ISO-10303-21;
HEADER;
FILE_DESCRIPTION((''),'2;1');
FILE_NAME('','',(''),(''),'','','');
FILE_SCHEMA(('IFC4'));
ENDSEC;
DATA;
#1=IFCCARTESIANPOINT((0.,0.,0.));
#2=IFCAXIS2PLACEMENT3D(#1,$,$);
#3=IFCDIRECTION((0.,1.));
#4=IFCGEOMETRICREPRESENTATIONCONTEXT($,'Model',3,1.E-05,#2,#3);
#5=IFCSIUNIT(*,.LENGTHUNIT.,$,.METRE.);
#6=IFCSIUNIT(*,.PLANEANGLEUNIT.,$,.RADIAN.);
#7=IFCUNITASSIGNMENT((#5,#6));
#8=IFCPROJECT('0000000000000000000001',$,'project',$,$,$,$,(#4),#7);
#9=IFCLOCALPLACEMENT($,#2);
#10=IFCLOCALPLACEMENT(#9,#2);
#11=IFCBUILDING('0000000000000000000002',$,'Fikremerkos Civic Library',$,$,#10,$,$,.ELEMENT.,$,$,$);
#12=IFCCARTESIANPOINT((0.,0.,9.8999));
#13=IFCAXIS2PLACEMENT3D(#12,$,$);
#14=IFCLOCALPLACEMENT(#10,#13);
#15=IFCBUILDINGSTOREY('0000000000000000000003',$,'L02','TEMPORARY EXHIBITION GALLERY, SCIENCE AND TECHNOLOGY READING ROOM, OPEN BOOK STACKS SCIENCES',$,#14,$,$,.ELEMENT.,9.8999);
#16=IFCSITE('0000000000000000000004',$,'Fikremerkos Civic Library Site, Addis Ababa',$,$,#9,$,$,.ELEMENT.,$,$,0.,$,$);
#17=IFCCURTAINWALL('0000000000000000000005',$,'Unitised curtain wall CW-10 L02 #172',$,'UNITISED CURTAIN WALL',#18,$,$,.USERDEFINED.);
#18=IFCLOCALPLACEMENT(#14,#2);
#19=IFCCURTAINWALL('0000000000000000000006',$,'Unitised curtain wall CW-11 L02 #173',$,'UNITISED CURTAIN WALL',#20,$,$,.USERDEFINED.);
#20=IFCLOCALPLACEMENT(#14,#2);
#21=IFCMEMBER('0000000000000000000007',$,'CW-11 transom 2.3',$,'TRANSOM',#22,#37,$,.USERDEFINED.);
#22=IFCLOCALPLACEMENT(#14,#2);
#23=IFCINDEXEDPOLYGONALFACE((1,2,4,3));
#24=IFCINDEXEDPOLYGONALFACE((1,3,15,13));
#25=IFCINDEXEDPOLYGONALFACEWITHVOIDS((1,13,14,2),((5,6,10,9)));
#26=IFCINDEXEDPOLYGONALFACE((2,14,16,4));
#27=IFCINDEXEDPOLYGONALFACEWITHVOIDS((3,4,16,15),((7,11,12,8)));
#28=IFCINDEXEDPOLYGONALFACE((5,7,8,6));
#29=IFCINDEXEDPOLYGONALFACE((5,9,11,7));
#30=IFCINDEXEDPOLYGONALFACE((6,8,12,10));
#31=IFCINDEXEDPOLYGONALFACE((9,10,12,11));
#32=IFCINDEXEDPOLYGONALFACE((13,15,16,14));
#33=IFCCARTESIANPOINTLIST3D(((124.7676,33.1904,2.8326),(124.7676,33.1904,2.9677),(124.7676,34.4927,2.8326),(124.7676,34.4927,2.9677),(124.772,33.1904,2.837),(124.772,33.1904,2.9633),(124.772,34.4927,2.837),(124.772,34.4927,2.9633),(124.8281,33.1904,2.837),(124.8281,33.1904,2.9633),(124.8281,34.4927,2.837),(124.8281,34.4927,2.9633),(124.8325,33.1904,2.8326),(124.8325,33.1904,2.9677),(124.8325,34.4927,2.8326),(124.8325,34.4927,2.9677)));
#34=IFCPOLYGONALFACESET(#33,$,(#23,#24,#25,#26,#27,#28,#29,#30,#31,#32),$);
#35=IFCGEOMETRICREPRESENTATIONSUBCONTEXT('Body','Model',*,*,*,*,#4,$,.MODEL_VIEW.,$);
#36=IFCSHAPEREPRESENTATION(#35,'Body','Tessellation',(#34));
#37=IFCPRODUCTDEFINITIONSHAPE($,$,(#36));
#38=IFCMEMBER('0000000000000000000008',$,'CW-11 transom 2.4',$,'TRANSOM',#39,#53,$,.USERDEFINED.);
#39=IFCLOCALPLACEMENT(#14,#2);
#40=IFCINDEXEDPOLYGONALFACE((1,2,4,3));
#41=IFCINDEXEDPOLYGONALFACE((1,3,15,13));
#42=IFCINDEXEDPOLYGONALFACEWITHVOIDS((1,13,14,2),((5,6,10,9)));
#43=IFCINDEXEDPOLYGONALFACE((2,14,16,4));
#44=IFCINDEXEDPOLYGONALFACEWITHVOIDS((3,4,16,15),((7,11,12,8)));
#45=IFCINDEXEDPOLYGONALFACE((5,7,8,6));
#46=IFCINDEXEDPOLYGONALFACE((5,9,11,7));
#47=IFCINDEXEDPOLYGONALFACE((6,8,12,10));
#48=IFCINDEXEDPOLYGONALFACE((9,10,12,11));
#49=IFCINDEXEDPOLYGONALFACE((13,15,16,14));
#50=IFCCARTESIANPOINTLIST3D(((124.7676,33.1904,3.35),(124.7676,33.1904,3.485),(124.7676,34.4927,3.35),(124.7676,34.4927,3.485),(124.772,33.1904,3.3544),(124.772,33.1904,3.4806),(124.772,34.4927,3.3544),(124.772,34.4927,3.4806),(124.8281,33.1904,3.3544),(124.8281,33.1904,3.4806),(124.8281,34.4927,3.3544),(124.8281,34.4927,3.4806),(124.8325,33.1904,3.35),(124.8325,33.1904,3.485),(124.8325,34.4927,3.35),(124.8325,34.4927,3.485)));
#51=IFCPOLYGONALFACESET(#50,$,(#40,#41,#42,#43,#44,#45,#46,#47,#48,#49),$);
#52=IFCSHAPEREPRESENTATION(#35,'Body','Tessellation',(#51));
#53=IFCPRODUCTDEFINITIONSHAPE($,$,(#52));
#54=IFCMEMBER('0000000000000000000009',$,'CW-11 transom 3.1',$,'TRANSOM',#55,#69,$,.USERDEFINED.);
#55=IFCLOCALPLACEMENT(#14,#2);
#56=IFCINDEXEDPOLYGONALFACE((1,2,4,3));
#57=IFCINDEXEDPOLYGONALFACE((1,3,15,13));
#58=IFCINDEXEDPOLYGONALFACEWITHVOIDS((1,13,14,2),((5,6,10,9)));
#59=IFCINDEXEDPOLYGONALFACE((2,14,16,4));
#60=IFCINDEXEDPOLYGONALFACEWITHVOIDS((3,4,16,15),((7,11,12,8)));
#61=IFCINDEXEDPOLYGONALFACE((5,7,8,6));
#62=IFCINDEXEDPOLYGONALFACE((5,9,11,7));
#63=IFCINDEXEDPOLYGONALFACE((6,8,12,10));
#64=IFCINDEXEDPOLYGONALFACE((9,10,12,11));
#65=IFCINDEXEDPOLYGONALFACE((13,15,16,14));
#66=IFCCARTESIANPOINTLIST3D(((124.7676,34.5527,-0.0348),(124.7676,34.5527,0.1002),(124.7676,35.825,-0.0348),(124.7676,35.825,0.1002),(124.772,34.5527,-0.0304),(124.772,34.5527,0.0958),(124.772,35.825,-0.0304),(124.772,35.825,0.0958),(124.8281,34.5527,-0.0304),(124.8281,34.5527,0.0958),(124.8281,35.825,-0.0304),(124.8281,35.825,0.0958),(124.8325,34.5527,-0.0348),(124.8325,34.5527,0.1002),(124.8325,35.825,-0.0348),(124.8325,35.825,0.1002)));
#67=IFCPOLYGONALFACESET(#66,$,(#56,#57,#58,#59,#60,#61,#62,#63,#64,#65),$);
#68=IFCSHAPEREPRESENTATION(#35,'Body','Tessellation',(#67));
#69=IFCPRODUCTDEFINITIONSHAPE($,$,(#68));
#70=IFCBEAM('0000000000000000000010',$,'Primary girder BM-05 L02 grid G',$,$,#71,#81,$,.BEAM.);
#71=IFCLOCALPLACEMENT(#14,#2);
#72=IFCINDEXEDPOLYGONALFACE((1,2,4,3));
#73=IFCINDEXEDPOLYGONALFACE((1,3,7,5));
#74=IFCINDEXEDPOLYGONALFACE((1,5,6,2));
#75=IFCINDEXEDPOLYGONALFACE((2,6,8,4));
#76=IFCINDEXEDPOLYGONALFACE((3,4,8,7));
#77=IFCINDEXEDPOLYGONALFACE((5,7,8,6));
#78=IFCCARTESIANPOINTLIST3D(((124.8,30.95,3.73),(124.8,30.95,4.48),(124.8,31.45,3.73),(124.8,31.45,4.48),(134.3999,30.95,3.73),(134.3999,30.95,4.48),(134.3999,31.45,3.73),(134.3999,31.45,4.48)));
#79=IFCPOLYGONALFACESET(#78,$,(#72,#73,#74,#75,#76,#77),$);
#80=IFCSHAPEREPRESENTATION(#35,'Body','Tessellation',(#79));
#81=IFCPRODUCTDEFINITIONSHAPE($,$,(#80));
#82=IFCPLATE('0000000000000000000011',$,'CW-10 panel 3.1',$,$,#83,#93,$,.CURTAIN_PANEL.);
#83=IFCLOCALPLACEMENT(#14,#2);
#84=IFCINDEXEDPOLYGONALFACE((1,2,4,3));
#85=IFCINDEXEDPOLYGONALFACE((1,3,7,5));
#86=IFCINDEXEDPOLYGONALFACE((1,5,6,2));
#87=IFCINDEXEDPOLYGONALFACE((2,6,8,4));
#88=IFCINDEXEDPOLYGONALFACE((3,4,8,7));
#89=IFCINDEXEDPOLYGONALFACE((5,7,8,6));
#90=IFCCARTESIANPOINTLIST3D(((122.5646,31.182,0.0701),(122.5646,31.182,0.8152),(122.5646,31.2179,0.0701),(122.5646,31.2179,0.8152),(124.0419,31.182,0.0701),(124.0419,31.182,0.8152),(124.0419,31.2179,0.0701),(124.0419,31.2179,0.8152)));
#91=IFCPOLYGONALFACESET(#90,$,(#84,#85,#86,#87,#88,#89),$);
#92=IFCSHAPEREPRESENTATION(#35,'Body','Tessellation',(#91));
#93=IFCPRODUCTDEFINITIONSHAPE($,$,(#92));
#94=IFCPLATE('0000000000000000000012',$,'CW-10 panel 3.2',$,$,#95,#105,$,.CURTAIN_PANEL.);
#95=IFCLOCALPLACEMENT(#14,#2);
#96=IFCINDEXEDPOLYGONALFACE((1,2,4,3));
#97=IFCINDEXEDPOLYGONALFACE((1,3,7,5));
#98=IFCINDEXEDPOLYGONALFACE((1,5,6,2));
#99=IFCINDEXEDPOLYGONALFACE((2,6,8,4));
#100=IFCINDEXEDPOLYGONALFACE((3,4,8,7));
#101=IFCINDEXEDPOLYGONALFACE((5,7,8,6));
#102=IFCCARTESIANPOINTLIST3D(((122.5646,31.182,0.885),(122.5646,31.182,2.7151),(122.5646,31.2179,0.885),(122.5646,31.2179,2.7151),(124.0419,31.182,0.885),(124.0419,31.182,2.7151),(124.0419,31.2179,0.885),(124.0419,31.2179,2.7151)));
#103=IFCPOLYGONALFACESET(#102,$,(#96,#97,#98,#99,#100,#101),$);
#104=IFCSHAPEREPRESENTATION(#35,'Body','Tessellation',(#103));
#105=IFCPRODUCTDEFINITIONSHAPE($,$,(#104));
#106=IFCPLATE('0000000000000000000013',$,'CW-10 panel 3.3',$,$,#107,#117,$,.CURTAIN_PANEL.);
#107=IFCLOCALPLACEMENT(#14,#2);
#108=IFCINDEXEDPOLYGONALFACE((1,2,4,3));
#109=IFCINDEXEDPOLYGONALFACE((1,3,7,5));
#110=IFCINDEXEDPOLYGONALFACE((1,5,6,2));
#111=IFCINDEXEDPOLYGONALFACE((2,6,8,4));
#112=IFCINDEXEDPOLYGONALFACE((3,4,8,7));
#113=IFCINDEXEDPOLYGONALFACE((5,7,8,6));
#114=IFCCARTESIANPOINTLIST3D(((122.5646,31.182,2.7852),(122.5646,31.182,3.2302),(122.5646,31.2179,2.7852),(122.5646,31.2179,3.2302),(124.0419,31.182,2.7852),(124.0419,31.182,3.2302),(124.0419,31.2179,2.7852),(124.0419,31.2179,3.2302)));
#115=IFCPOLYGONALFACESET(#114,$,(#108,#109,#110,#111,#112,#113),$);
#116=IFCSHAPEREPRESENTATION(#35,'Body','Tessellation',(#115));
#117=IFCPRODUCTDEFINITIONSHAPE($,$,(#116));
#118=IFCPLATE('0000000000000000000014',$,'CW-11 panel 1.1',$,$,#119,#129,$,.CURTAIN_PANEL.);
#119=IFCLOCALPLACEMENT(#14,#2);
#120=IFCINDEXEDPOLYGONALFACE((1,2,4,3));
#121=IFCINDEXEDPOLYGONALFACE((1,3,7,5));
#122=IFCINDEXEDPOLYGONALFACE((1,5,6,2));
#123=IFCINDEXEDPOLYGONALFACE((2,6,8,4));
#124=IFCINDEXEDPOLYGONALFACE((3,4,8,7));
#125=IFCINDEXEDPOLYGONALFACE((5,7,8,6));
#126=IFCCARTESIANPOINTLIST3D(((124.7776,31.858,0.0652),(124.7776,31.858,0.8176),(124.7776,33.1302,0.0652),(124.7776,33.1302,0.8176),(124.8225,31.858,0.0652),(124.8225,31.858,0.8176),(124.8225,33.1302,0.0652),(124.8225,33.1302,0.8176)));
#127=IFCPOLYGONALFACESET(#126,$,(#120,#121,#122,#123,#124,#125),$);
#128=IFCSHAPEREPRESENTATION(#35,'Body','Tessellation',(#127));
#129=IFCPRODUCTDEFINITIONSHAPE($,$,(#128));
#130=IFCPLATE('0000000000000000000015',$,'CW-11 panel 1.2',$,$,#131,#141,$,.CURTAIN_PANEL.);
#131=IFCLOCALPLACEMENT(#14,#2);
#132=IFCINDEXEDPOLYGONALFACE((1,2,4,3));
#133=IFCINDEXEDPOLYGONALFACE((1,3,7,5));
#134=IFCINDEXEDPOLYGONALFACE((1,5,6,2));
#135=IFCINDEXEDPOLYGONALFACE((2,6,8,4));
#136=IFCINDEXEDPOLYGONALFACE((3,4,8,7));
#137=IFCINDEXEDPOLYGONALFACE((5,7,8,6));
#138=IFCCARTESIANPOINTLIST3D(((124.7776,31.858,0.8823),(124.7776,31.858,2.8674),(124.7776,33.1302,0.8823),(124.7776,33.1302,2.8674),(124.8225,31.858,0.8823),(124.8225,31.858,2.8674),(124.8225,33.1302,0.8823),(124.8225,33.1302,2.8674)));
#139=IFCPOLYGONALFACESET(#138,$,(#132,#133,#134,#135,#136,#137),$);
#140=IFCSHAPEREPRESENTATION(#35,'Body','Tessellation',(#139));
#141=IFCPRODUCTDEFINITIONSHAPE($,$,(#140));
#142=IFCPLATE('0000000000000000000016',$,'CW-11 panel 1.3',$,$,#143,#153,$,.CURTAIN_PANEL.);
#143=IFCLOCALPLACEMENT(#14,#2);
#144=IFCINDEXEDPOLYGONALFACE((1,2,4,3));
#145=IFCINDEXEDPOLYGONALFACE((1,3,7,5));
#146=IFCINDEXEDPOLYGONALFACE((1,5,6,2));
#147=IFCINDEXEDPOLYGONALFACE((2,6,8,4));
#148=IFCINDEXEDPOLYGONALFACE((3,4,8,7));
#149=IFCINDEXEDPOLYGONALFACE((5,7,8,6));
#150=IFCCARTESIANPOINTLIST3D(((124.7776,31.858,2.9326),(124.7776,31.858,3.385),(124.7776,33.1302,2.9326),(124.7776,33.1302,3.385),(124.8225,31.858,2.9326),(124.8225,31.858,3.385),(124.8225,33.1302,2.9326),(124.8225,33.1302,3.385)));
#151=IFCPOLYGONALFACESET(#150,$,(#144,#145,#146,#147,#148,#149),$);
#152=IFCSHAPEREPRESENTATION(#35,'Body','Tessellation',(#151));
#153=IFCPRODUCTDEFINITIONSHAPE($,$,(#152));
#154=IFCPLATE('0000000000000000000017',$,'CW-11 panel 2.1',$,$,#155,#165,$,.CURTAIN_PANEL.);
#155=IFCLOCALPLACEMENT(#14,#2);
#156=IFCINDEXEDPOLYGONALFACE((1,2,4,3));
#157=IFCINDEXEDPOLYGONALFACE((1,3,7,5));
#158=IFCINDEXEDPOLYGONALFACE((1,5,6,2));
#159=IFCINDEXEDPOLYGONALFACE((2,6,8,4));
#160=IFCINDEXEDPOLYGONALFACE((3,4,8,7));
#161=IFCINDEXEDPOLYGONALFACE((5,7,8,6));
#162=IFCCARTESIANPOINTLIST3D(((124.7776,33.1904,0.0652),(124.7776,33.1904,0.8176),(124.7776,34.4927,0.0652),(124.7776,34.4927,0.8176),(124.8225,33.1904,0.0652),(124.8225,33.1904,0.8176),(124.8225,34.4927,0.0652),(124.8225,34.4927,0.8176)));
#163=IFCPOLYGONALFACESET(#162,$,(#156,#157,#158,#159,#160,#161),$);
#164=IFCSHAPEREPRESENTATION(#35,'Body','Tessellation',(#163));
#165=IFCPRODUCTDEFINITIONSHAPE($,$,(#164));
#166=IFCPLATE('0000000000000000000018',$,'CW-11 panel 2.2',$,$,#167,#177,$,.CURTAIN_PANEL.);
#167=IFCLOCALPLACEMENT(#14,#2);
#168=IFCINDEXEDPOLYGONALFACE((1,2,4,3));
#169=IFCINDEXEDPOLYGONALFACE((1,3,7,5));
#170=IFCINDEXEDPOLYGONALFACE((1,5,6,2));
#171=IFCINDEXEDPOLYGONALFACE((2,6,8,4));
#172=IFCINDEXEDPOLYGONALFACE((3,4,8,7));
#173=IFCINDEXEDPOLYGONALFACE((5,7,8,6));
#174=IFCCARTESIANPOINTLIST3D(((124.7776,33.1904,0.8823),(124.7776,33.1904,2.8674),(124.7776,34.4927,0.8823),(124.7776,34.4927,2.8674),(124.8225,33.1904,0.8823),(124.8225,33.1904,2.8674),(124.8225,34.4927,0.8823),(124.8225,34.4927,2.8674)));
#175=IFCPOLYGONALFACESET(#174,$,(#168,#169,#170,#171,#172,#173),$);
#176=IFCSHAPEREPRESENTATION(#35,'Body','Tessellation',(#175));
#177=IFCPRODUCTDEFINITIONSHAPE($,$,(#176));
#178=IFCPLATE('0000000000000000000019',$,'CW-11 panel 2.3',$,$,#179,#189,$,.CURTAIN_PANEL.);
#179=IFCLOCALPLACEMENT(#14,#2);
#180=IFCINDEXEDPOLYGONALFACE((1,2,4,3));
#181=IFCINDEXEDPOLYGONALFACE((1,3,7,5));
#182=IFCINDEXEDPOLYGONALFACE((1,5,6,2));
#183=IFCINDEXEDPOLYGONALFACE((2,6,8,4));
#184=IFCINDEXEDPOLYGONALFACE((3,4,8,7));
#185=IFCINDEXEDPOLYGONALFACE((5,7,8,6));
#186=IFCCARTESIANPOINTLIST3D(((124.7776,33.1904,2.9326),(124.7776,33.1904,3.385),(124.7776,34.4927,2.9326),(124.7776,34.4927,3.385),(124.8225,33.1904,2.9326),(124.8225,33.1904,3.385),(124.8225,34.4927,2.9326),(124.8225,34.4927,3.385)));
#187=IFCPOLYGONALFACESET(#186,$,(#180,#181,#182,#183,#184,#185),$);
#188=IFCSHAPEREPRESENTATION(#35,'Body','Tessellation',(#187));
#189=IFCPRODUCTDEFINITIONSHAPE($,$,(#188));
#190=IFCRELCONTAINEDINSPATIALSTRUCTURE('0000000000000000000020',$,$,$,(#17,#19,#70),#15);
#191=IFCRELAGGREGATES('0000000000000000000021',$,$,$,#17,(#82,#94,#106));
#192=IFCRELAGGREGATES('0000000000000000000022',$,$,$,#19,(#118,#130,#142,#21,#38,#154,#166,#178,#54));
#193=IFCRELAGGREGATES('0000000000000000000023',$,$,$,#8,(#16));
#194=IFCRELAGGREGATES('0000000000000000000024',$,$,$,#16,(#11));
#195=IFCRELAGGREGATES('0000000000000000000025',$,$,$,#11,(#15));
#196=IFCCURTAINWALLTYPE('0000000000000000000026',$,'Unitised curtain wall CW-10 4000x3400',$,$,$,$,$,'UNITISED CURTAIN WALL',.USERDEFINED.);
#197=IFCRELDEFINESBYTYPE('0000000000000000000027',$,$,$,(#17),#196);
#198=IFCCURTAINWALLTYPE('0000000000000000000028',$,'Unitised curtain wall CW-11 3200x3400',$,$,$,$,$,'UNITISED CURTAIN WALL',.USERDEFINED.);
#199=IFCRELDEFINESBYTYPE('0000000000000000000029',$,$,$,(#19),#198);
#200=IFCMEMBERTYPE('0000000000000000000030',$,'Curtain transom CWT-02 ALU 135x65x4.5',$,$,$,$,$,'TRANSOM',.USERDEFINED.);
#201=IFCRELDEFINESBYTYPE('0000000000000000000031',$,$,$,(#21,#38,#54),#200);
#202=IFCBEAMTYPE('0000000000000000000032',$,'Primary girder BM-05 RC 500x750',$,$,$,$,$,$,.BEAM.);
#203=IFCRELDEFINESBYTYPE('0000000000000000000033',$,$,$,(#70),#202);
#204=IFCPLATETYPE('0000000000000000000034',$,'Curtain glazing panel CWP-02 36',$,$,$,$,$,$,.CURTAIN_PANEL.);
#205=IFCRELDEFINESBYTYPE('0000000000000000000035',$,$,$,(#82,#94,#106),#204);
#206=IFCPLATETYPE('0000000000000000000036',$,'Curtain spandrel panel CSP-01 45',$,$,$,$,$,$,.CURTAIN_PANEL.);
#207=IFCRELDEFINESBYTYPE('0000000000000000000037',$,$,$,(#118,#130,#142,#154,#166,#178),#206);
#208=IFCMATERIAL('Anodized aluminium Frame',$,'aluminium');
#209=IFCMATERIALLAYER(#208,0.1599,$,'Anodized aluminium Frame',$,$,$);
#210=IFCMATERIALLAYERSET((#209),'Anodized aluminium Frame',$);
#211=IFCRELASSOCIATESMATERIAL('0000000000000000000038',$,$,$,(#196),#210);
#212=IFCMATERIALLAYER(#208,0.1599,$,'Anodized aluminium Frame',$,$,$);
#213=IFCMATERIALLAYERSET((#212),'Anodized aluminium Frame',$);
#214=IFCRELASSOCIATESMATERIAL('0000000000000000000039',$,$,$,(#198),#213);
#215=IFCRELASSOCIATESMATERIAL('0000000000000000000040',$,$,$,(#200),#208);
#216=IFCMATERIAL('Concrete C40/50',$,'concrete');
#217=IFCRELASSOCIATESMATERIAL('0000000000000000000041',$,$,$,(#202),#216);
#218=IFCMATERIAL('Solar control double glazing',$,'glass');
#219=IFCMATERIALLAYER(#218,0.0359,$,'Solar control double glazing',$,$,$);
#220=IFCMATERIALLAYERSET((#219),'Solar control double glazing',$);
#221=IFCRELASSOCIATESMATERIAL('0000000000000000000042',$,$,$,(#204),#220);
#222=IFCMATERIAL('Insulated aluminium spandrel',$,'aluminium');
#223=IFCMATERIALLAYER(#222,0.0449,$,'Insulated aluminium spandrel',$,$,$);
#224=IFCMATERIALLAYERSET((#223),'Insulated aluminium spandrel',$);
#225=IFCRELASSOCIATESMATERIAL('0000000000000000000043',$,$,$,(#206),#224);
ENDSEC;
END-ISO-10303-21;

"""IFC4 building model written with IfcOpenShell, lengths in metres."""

from ifc_helpers import new_model, si_unit, direction, frame, origin, origin_2d, place, context, subcontext, project, spatial, rectangle, hollow_rectangle, extrude, material, layer, layer_set, material_profile, profile_set, type_object, element, aggregate, save


model = new_model("IFC4")

# Units and contexts
model_context = context("Model", 3, precision=1e-05, world=origin(), true_north=direction((0.0, 1.0)))
body_context = subcontext(model_context, "Body", "Model", "MODEL_VIEW")
ifc_project = project(units=[si_unit("LENGTHUNIT", "METRE"), si_unit("PLANEANGLEUNIT", "RADIAN")], contexts=[model_context])

# Site, building, storey
site_placement = place(None, origin())
site = spatial("IfcSite", under=ifc_project, at=site_placement, Name="Fikremerkos Civic Library Site, Addis Ababa", CompositionType="ELEMENT", RefElevation=0.0)
building_placement = place(site_placement, origin())
building = spatial("IfcBuilding", under=site, at=building_placement, Name="Fikremerkos Civic Library", CompositionType="ELEMENT")
storey_placement = place(building_placement, frame((0.0, 0.0, 9.8999)))
storey = spatial("IfcBuildingStorey", under=building, at=storey_placement, Name="L02", Description="TEMPORARY EXHIBITION GALLERY, SCIENCE AND TECHNOLOGY READING ROOM, OPEN BOOK STACKS SCIENCES", CompositionType="ELEMENT", Elevation=9.8999)

# Shared definitions
ifc_material_1 = material(Name="Concrete C40/50", Category="concrete")

# Curtain wall
ifc_material_2 = material(Name="Anodized aluminium Frame", Category="aluminium")
ifc_layer_1 = layer(ifc_material_2, 0.1599, Name="Anodized aluminium Frame")
ifc_layer_set_1 = layer_set([ifc_layer_1], Name="Anodized aluminium Frame")
curtain_wall_type_1 = type_object("IfcCurtainWallType", Name="Unitised curtain wall CW-10 4000x3400", ElementType="UNITISED CURTAIN WALL", PredefinedType="USERDEFINED", material=ifc_layer_set_1)
curtain_wall_1_placement = place(storey_placement, origin())
curtain_wall_1 = element("IfcCurtainWall", 1, at=curtain_wall_1_placement, inside=storey, type_object=curtain_wall_type_1, Name="Unitised curtain wall CW-10 L02 #172", ObjectType="UNITISED CURTAIN WALL", PredefinedType="USERDEFINED")

# Curtain wall, members
ifc_layer_2 = layer(ifc_material_2, 0.1599, Name="Anodized aluminium Frame")
ifc_layer_set_2 = layer_set([ifc_layer_2], Name="Anodized aluminium Frame")
curtain_wall_type_2 = type_object("IfcCurtainWallType", Name="Unitised curtain wall CW-11 3200x3400", ElementType="UNITISED CURTAIN WALL", PredefinedType="USERDEFINED", material=ifc_layer_set_2)
curtain_wall_2_placement = place(storey_placement, origin())
curtain_wall_2 = element("IfcCurtainWall", 2, at=curtain_wall_2_placement, inside=storey, type_object=curtain_wall_type_2, Name="Unitised curtain wall CW-11 L02 #173", ObjectType="UNITISED CURTAIN WALL", PredefinedType="USERDEFINED")
ifc_material_profile_1 = material_profile(ifc_material_2, hollow_rectangle(XDim=0.0649, YDim=0.135, WallThickness=0.0044, at=origin_2d()), Name="ALU 135x65x4.5")
ifc_profile_set_1 = profile_set([ifc_material_profile_1], Name="Anodized aluminium Frame")
member_type_1 = type_object("IfcMemberType", Name="Curtain transom CWT-02 ALU 135x65x4.5", ElementType="TRANSOM", PredefinedType="USERDEFINED", material=ifc_profile_set_1)
member_1_placement = place(storey_placement, frame((124.8, 33.1904, 2.9001), z_axis=(0.0, 1.0, 0.0), x_axis=(-1.0, 0.0, 0.0)))
member_1 = element("IfcMember", 3, at=member_1_placement, type_object=member_type_1, Name="CW-11 transom 2.3", ObjectType="TRANSOM", PredefinedType="USERDEFINED", context=body_context, shape_type="SweptSolid", body=[
    extrude(hollow_rectangle(XDim=0.0649, YDim=0.135, WallThickness=0.0044, at=origin_2d()), origin(), (0.0, 0.0, 1.0), 1.3022),
])
member_2_placement = place(storey_placement, frame((124.8, 33.1904, 3.4175), z_axis=(0.0, 1.0, 0.0), x_axis=(-1.0, 0.0, 0.0)))
member_2 = element("IfcMember", 4, at=member_2_placement, type_object=member_type_1, Name="CW-11 transom 2.4", ObjectType="TRANSOM", PredefinedType="USERDEFINED", context=body_context, shape_type="SweptSolid", body=[
    extrude(hollow_rectangle(XDim=0.0649, YDim=0.135, WallThickness=0.0044, at=origin_2d()), origin(), (0.0, 0.0, 1.0), 1.3022),
])
member_3_placement = place(storey_placement, frame((124.8, 34.5527, 0.0327), z_axis=(0.0, 1.0, 0.0), x_axis=(-1.0, 0.0, 0.0)))
member_3 = element("IfcMember", 5, at=member_3_placement, type_object=member_type_1, Name="CW-11 transom 3.1", ObjectType="TRANSOM", PredefinedType="USERDEFINED", context=body_context, shape_type="SweptSolid", body=[
    extrude(hollow_rectangle(XDim=0.0649, YDim=0.135, WallThickness=0.0044, at=origin_2d()), origin(), (0.0, 0.0, 1.0), 1.2722),
])

# Beam
ifc_material_profile_2 = material_profile(ifc_material_1, rectangle(XDim=0.5, YDim=0.75, at=origin_2d()), Name="RC 500x750")
ifc_profile_set_2 = profile_set([ifc_material_profile_2], Name="Concrete C40/50")
beam_type = type_object("IfcBeamType", Name="Primary girder BM-05 RC 500x750", PredefinedType="BEAM", material=ifc_profile_set_2)
beam_placement = place(storey_placement, frame((124.8, 31.2, 4.105), z_axis=(1.0, 0.0, 0.0), x_axis=(0.0, 1.0, 0.0)))
element("IfcBeam", 6, at=beam_placement, inside=storey, type_object=beam_type, Name="Primary girder BM-05 L02 grid G", PredefinedType="BEAM", context=body_context, shape_type="SweptSolid", body=[
    extrude(rectangle(XDim=0.5, YDim=0.75, at=origin_2d()), origin(), (0.0, 0.0, 1.0), 9.5999),
])

# Plates
ifc_material_3 = material(Name="Solar control double glazing", Category="glass")
ifc_layer_3 = layer(ifc_material_3, 0.0359, Name="Solar control double glazing")
ifc_layer_set_3 = layer_set([ifc_layer_3], Name="Solar control double glazing")
plate_type_1 = type_object("IfcPlateType", Name="Curtain glazing panel CWP-02 36", PredefinedType="CURTAIN_PANEL", material=ifc_layer_set_3)
plate_1_placement = place(storey_placement, frame((123.3032, 31.2, 0.0701), z_axis=(0.0, 0.0, 1.0), x_axis=(1.0, 0.0, 0.0)))
plate_1 = element("IfcPlate", 7, at=plate_1_placement, type_object=plate_type_1, Name="CW-10 panel 3.1", PredefinedType="CURTAIN_PANEL", context=body_context, shape_type="SweptSolid", body=[
    extrude(rectangle(XDim=1.4773, YDim=0.0359, at=origin_2d()), origin(), (0.0, 0.0, 1.0), 0.7451),
])
plate_2_placement = place(storey_placement, frame((123.3032, 31.2, 0.885), z_axis=(0.0, 0.0, 1.0), x_axis=(1.0, 0.0, 0.0)))
plate_2 = element("IfcPlate", 8, at=plate_2_placement, type_object=plate_type_1, Name="CW-10 panel 3.2", PredefinedType="CURTAIN_PANEL", context=body_context, shape_type="SweptSolid", body=[
    extrude(rectangle(XDim=1.4773, YDim=0.0359, at=origin_2d()), origin(), (0.0, 0.0, 1.0), 1.8301),
])
plate_3_placement = place(storey_placement, frame((123.3032, 31.2, 2.7852), z_axis=(0.0, 0.0, 1.0), x_axis=(1.0, 0.0, 0.0)))
plate_3 = element("IfcPlate", 9, at=plate_3_placement, type_object=plate_type_1, Name="CW-10 panel 3.3", PredefinedType="CURTAIN_PANEL", context=body_context, shape_type="SweptSolid", body=[
    extrude(rectangle(XDim=1.4773, YDim=0.0359, at=origin_2d()), origin(), (0.0, 0.0, 1.0), 0.4451),
])
aggregate(curtain_wall_1, [plate_1, plate_2, plate_3])
ifc_material_4 = material(Name="Insulated aluminium spandrel", Category="aluminium")
ifc_layer_4 = layer(ifc_material_4, 0.0449, Name="Insulated aluminium spandrel")
ifc_layer_set_4 = layer_set([ifc_layer_4], Name="Insulated aluminium spandrel")
plate_type_2 = type_object("IfcPlateType", Name="Curtain spandrel panel CSP-01 45", PredefinedType="CURTAIN_PANEL", material=ifc_layer_set_4)
plate_4_placement = place(storey_placement, frame((124.8, 32.4941, 0.0652), z_axis=(0.0, 0.0, 1.0), x_axis=(0.0, 1.0, 0.0)))
plate_4 = element("IfcPlate", 10, at=plate_4_placement, type_object=plate_type_2, Name="CW-11 panel 1.1", PredefinedType="CURTAIN_PANEL", context=body_context, shape_type="SweptSolid", body=[
    extrude(rectangle(XDim=1.2722, YDim=0.0449, at=origin_2d()), origin(), (0.0, 0.0, 1.0), 0.7524),
])
plate_5_placement = place(storey_placement, frame((124.8, 32.4941, 0.8823), z_axis=(0.0, 0.0, 1.0), x_axis=(0.0, 1.0, 0.0)))
plate_5 = element("IfcPlate", 11, at=plate_5_placement, type_object=plate_type_2, Name="CW-11 panel 1.2", PredefinedType="CURTAIN_PANEL", context=body_context, shape_type="SweptSolid", body=[
    extrude(rectangle(XDim=1.2722, YDim=0.0449, at=origin_2d()), origin(), (0.0, 0.0, 1.0), 1.9851),
])
plate_6_placement = place(storey_placement, frame((124.8, 32.4941, 2.9326), z_axis=(0.0, 0.0, 1.0), x_axis=(0.0, 1.0, 0.0)))
plate_6 = element("IfcPlate", 12, at=plate_6_placement, type_object=plate_type_2, Name="CW-11 panel 1.3", PredefinedType="CURTAIN_PANEL", context=body_context, shape_type="SweptSolid", body=[
    extrude(rectangle(XDim=1.2722, YDim=0.0449, at=origin_2d()), origin(), (0.0, 0.0, 1.0), 0.4524),
])
plate_7_placement = place(storey_placement, frame((124.8, 33.8416, 0.0652), z_axis=(0.0, 0.0, 1.0), x_axis=(0.0, 1.0, 0.0)))
plate_7 = element("IfcPlate", 13, at=plate_7_placement, type_object=plate_type_2, Name="CW-11 panel 2.1", PredefinedType="CURTAIN_PANEL", context=body_context, shape_type="SweptSolid", body=[
    extrude(rectangle(XDim=1.3022, YDim=0.0449, at=origin_2d()), origin(), (0.0, 0.0, 1.0), 0.7524),
])
plate_8_placement = place(storey_placement, frame((124.8, 33.8416, 0.8823), z_axis=(0.0, 0.0, 1.0), x_axis=(0.0, 1.0, 0.0)))
plate_8 = element("IfcPlate", 14, at=plate_8_placement, type_object=plate_type_2, Name="CW-11 panel 2.2", PredefinedType="CURTAIN_PANEL", context=body_context, shape_type="SweptSolid", body=[
    extrude(rectangle(XDim=1.3022, YDim=0.0449, at=origin_2d()), origin(), (0.0, 0.0, 1.0), 1.9851),
])
plate_9_placement = place(storey_placement, frame((124.8, 33.8416, 2.9326), z_axis=(0.0, 0.0, 1.0), x_axis=(0.0, 1.0, 0.0)))
plate_9 = element("IfcPlate", 15, at=plate_9_placement, type_object=plate_type_2, Name="CW-11 panel 2.3", PredefinedType="CURTAIN_PANEL", context=body_context, shape_type="SweptSolid", body=[
    extrude(rectangle(XDim=1.3022, YDim=0.0449, at=origin_2d()), origin(), (0.0, 0.0, 1.0), 0.4524),
])
aggregate(curtain_wall_2, [plate_4, plate_5, plate_6, member_1, member_2, plate_7, plate_8, plate_9, member_3])

save(model, "model.ifc")
